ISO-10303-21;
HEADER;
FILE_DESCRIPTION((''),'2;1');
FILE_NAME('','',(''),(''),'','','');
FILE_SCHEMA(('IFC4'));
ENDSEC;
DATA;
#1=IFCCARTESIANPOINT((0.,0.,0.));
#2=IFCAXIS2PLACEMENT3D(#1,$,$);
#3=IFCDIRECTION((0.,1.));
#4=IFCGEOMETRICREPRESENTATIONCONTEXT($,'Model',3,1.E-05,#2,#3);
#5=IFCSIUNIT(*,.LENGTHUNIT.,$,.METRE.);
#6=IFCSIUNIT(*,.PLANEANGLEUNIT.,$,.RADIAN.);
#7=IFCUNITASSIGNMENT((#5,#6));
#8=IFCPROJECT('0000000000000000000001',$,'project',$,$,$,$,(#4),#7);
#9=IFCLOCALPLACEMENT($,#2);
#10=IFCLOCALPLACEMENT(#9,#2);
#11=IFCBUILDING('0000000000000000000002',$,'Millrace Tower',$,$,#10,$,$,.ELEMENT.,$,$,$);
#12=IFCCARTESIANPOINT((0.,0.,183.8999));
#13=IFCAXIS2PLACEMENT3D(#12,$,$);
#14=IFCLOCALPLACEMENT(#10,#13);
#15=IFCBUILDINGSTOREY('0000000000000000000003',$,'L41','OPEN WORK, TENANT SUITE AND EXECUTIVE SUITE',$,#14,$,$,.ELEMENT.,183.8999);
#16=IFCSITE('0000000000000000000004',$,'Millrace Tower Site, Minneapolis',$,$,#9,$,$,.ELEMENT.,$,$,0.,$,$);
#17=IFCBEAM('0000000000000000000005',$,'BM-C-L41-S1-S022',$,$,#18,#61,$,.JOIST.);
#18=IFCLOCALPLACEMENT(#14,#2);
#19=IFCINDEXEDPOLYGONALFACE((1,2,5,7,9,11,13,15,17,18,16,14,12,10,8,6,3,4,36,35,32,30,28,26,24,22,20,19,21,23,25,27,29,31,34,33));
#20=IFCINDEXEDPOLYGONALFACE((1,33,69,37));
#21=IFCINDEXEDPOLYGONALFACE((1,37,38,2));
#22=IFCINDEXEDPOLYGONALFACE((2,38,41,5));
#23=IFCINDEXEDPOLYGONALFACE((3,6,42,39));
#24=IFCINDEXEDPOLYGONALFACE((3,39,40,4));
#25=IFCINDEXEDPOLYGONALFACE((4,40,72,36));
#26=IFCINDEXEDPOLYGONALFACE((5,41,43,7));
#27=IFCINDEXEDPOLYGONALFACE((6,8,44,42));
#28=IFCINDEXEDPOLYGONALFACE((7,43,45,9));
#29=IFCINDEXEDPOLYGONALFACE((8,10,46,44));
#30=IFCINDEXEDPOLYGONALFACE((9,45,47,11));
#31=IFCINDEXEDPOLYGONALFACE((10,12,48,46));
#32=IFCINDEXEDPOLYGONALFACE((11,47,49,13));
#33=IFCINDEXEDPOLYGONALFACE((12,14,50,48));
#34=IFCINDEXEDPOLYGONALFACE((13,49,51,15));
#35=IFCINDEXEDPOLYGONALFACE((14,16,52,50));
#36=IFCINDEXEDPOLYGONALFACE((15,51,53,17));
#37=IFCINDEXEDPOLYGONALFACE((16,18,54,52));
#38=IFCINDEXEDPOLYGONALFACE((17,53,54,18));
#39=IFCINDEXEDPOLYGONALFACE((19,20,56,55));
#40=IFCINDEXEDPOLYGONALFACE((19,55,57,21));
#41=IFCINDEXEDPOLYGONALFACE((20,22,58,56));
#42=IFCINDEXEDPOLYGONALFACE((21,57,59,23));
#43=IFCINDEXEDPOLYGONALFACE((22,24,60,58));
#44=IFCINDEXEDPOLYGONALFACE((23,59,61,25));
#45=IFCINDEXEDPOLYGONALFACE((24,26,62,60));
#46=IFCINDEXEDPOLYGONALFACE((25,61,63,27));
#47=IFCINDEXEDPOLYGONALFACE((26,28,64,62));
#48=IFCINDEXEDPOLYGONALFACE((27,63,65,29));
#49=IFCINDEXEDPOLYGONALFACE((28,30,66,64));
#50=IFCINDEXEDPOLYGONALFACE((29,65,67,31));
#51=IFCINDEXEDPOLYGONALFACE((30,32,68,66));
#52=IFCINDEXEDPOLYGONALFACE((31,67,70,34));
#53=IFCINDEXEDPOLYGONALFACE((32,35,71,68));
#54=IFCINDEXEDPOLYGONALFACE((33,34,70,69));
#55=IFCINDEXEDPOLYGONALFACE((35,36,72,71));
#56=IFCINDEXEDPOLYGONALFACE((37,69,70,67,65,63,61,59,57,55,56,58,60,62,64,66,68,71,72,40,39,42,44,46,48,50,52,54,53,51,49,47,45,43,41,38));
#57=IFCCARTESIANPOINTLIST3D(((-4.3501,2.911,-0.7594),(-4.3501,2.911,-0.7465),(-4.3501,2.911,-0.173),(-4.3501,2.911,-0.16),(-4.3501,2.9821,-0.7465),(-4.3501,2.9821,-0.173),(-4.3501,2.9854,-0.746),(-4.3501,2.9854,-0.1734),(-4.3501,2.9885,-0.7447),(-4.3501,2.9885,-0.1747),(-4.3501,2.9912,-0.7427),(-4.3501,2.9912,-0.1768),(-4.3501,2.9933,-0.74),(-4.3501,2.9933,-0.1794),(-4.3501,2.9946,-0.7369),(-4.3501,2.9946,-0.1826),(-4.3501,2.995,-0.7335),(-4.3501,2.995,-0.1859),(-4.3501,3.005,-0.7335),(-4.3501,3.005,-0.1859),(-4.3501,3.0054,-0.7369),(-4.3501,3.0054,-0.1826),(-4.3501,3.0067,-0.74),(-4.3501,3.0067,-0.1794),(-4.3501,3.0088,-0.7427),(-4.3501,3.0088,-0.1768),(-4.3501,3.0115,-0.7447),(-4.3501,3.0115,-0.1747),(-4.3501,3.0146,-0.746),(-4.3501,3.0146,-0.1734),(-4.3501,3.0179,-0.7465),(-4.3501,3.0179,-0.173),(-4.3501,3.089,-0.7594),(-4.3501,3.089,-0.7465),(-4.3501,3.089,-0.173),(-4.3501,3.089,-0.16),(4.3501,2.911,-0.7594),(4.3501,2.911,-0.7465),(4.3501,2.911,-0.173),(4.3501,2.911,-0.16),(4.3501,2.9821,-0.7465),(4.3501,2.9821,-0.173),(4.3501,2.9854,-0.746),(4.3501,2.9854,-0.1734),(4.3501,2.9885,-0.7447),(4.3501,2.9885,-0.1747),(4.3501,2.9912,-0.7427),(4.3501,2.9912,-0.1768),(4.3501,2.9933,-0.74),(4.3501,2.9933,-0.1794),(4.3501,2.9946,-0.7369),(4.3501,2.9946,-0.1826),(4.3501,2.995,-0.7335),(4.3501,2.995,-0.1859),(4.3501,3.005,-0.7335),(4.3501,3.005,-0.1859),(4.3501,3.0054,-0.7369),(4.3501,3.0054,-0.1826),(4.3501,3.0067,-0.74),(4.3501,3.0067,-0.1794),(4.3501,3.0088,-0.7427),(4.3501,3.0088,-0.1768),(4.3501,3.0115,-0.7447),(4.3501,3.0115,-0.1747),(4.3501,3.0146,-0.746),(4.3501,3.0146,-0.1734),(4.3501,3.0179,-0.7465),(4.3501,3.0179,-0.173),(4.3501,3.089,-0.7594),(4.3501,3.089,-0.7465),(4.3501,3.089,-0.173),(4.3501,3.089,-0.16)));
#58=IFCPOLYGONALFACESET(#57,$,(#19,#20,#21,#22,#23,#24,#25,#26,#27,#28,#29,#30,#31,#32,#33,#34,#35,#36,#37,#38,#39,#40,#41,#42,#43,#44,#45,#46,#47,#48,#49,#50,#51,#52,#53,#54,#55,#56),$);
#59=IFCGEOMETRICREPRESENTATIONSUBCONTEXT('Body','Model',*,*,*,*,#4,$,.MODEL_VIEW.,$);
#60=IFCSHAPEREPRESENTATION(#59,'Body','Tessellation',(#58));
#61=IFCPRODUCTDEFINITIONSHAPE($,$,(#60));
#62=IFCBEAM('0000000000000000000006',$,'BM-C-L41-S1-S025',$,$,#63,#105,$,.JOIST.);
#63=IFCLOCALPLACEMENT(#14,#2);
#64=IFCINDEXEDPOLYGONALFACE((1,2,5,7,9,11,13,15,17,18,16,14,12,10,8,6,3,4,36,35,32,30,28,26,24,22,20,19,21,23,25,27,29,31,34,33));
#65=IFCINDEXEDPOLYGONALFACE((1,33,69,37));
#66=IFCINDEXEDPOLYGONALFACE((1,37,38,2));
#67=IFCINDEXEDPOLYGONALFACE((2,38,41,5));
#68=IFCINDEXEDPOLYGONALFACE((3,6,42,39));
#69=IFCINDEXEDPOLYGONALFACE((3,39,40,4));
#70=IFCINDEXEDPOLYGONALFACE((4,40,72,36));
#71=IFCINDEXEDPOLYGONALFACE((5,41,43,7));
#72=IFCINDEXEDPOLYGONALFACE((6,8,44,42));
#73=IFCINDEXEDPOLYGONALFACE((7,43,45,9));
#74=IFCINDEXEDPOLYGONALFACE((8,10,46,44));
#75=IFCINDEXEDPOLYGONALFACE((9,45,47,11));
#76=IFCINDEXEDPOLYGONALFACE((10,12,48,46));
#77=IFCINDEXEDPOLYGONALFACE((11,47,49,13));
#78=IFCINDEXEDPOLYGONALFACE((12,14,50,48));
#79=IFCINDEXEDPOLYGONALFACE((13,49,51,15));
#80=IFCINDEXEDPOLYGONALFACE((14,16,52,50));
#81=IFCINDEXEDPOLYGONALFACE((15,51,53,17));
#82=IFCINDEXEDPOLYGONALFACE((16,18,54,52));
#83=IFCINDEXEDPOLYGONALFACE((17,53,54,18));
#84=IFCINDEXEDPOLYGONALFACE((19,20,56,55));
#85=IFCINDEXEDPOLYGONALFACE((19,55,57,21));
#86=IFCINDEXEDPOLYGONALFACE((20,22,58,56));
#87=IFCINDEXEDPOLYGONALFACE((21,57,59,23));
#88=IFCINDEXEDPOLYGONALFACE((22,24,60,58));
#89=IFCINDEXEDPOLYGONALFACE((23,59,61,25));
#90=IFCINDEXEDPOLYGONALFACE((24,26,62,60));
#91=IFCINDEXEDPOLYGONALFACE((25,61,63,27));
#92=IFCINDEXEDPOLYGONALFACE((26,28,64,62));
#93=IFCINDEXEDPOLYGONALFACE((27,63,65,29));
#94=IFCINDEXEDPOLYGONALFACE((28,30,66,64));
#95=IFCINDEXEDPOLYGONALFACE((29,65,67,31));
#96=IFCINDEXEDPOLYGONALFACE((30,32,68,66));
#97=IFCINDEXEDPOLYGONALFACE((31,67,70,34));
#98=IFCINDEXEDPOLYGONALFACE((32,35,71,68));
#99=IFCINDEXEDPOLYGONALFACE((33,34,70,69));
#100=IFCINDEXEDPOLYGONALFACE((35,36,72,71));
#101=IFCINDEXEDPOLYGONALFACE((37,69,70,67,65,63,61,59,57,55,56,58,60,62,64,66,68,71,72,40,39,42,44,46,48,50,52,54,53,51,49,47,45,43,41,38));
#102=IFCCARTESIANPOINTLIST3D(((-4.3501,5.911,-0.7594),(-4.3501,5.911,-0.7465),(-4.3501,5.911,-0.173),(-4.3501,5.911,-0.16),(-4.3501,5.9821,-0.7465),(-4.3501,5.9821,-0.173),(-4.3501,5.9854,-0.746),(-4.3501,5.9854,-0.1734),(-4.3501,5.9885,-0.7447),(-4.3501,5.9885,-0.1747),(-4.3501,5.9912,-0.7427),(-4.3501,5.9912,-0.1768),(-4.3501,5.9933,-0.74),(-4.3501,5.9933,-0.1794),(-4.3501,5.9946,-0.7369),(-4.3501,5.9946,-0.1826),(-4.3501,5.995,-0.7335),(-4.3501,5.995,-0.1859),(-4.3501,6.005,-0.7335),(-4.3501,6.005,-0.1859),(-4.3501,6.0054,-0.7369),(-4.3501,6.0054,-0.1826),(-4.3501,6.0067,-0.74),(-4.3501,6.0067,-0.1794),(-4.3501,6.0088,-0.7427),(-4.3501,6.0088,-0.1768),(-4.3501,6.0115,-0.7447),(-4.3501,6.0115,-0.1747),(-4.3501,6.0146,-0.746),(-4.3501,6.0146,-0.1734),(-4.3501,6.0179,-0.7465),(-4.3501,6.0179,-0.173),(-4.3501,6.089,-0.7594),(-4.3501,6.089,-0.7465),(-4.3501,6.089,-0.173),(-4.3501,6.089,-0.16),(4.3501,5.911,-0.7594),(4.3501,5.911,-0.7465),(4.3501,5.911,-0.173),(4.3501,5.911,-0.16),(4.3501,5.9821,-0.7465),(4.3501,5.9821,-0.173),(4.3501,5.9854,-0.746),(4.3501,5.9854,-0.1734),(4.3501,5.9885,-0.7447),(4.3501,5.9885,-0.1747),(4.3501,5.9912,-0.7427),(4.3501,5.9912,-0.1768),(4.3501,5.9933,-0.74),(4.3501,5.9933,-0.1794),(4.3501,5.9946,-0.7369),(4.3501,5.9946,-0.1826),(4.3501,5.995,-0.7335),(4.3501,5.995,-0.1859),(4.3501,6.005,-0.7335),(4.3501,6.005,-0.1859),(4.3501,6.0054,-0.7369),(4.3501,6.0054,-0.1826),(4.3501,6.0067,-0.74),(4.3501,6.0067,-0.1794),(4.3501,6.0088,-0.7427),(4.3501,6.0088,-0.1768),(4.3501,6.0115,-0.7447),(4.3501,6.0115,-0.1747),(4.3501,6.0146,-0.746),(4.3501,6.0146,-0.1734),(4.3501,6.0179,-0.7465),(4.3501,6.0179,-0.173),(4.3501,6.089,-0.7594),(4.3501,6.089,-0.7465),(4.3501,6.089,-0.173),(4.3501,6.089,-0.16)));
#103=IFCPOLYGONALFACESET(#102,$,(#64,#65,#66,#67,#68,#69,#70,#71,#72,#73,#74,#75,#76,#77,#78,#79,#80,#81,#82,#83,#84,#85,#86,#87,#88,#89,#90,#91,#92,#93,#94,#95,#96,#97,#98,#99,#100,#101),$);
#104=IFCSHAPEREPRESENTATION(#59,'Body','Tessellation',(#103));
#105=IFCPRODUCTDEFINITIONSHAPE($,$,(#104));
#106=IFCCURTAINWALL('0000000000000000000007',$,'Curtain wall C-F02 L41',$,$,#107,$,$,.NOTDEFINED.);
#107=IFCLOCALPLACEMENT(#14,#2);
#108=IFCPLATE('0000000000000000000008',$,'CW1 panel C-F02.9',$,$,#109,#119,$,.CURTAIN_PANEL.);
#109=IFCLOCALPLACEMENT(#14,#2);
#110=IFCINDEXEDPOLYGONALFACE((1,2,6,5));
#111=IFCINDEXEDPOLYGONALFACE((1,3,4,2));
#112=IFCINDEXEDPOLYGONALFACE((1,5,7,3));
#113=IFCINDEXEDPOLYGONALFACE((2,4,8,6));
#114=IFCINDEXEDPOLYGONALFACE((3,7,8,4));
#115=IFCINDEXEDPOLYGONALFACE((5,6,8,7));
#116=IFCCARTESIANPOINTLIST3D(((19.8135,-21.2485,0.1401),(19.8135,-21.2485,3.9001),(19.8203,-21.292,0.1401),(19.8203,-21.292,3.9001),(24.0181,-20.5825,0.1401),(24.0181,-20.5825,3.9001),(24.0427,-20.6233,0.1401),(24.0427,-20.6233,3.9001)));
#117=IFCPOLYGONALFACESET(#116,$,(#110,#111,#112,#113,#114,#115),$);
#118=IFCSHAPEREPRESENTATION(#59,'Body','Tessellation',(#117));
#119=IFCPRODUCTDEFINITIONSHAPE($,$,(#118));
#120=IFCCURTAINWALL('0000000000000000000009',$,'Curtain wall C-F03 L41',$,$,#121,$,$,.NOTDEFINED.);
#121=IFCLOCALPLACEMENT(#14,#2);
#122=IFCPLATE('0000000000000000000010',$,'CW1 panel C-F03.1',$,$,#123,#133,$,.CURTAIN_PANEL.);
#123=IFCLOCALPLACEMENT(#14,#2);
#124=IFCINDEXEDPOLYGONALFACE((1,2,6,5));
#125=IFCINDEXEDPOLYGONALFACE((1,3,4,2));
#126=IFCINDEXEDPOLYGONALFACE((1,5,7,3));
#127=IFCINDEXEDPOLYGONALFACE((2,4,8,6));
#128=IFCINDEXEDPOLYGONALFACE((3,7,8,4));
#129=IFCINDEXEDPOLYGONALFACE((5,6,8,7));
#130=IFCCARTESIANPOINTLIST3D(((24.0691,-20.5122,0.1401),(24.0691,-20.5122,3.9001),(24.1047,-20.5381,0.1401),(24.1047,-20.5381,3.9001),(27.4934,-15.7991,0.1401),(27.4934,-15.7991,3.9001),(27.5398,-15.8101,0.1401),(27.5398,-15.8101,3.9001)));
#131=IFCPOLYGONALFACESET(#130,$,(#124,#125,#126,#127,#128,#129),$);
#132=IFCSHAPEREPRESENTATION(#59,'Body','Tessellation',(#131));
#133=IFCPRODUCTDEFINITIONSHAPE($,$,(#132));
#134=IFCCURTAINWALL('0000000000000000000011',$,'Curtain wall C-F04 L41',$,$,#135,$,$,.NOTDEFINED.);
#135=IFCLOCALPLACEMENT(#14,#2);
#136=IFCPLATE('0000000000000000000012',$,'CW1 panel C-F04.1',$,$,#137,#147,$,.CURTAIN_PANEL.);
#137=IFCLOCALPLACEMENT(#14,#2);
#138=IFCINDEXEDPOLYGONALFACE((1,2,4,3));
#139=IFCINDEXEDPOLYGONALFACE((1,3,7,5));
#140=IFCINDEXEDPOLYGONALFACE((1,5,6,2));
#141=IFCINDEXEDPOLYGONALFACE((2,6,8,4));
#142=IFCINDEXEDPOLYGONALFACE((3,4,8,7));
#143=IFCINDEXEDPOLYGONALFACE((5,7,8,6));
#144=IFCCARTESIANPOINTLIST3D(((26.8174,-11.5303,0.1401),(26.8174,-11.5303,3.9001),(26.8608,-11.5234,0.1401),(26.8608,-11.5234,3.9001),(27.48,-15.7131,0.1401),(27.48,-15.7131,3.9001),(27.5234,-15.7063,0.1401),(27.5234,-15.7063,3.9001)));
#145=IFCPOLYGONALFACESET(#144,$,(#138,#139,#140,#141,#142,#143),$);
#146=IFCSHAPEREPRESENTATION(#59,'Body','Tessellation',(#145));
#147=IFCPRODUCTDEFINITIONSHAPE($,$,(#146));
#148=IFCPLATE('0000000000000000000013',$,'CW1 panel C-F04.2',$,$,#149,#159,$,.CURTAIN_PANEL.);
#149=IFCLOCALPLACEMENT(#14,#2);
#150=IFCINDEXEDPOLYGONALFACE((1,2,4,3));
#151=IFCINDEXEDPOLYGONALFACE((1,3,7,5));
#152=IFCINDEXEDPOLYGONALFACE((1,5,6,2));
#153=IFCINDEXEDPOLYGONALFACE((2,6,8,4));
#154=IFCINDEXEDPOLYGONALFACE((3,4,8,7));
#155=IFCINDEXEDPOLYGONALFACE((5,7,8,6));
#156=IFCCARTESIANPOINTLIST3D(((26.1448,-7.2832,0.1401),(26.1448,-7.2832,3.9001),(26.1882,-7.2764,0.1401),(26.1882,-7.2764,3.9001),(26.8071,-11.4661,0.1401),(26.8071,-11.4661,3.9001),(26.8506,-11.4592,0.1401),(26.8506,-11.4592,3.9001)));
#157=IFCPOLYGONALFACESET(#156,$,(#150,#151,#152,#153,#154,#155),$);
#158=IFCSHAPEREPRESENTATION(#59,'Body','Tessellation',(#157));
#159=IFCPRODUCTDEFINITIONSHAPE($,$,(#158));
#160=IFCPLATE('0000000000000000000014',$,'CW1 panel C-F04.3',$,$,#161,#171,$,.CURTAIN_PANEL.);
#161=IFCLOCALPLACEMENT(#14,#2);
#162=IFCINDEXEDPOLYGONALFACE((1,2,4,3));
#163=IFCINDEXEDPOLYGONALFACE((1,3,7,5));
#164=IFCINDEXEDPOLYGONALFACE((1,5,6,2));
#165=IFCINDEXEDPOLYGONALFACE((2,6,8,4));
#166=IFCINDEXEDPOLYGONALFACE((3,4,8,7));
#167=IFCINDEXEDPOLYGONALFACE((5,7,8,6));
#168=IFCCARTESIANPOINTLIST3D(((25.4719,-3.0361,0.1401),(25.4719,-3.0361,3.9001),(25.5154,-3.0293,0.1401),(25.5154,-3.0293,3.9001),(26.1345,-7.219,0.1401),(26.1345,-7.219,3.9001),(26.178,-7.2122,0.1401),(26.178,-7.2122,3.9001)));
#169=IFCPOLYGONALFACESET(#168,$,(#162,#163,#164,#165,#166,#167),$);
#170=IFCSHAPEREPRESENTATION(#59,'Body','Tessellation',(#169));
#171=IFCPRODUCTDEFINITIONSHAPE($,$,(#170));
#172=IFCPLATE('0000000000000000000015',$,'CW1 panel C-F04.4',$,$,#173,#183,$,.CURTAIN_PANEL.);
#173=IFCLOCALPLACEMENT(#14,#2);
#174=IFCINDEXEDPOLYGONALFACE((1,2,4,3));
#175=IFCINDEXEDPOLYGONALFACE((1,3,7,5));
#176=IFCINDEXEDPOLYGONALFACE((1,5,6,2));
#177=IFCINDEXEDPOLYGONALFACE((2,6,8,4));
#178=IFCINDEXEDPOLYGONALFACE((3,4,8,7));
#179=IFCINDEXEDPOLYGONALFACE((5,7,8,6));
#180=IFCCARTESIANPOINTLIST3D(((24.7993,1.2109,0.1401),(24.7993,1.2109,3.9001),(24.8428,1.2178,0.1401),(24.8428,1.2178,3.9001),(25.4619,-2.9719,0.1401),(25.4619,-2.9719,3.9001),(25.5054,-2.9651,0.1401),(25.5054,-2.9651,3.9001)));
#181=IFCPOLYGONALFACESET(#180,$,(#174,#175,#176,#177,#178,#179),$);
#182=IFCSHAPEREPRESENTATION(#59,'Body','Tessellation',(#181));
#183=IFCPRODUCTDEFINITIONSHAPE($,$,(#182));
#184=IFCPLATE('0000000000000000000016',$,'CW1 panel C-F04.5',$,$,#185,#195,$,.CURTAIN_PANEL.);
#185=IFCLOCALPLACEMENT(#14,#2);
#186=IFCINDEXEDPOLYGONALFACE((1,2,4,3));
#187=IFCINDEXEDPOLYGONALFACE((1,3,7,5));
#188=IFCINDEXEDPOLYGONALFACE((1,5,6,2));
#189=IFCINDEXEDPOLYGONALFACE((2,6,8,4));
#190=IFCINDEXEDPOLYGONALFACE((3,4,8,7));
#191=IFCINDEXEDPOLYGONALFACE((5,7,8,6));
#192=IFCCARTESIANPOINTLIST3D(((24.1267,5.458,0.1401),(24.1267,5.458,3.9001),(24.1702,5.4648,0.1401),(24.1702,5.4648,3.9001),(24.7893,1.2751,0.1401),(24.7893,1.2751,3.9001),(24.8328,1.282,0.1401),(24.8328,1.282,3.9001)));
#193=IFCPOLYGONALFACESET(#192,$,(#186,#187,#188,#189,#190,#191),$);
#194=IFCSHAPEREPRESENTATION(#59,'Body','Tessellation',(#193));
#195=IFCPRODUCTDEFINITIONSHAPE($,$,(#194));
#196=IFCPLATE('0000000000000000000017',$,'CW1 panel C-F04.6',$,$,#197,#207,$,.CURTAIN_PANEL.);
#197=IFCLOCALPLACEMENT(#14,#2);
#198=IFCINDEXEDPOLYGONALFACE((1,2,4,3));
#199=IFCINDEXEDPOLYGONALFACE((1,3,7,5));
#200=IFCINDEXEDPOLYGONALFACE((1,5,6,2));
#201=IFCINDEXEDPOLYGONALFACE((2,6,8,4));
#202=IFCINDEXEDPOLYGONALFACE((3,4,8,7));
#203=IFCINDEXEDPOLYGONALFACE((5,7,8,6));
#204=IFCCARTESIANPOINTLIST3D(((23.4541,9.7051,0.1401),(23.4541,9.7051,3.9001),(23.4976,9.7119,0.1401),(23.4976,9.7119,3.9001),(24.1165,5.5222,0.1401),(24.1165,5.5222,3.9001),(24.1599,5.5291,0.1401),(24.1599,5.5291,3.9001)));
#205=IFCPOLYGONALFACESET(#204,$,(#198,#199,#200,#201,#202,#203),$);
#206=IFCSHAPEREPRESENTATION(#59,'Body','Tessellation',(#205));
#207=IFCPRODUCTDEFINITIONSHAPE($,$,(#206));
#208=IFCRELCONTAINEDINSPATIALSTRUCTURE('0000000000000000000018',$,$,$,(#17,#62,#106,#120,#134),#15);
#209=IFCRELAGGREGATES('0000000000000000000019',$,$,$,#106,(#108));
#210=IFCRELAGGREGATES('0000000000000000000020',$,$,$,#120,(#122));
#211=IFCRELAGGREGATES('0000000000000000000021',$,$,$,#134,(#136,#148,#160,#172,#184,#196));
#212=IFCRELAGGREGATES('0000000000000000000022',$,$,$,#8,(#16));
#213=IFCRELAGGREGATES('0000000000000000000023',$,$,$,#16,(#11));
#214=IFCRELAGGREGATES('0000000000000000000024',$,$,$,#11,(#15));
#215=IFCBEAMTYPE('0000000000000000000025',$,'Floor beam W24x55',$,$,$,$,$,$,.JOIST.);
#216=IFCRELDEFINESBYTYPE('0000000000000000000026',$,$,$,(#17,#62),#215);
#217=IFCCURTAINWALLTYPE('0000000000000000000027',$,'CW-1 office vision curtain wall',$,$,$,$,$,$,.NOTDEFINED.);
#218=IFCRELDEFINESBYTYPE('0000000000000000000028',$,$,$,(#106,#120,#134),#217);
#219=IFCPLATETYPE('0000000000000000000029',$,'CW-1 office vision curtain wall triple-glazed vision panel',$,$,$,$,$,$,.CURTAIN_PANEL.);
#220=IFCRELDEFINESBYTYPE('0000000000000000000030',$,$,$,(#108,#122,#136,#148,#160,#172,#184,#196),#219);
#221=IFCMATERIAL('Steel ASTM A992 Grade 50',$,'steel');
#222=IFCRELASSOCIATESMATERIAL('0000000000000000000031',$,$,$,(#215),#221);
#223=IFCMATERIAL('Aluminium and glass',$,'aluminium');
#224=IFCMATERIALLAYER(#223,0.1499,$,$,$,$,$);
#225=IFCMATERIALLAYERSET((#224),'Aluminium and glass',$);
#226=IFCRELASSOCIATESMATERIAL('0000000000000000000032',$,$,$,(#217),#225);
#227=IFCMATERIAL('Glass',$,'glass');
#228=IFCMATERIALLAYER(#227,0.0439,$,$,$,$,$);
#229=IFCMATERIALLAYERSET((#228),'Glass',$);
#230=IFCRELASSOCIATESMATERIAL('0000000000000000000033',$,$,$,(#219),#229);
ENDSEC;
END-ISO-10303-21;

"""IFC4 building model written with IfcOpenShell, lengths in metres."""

from ifc_helpers import new_model, si_unit, direction, frame, origin, origin_2d, place, context, subcontext, project, spatial, polyline, i_section, outline, extrude, material, layer, layer_set, material_profile, profile_set, type_object, element, aggregate, save


model = new_model("IFC4")

# Units and contexts
model_context = context("Model", 3, precision=1e-05, world=origin(), true_north=direction((0.0, 1.0)))
body_context = subcontext(model_context, "Body", "Model", "MODEL_VIEW")
ifc_project = project(units=[si_unit("LENGTHUNIT", "METRE"), si_unit("PLANEANGLEUNIT", "RADIAN")], contexts=[model_context])

# Site, building, storey
site_placement = place(None, origin())
site = spatial("IfcSite", under=ifc_project, at=site_placement, Name="Millrace Tower Site, Minneapolis", CompositionType="ELEMENT", RefElevation=0.0)
building_placement = place(site_placement, origin())
building = spatial("IfcBuilding", under=site, at=building_placement, Name="Millrace Tower", CompositionType="ELEMENT")
storey_placement = place(building_placement, frame((0.0, 0.0, 183.8999)))
storey = spatial("IfcBuildingStorey", under=building, at=storey_placement, Name="L41", Description="OPEN WORK, TENANT SUITE AND EXECUTIVE SUITE", CompositionType="ELEMENT", Elevation=183.8999)

# Beams
ifc_material_1 = material(Name="Steel ASTM A992 Grade 50", Category="steel")
ifc_material_profile = material_profile(ifc_material_1, i_section(OverallWidth=0.178, OverallDepth=0.5994, WebThickness=0.01, FlangeThickness=0.0129, FilletRadius=0.0129, at=origin_2d()))
ifc_profile_set = profile_set([ifc_material_profile], Name="Steel ASTM A992 Grade 50")
beam_type = type_object("IfcBeamType", Name="Floor beam W24x55", PredefinedType="JOIST", material=ifc_profile_set)
for number, where, z_axis, x_axis, name in (
    (1, (-4.3501, 3.0, -0.4597), (1.0, 0.0, 0.0), (0.0, 1.0, 0.0), "BM-C-L41-S1-S022"),
    (2, (-4.3501, 6.0, -0.4597), (1.0, 0.0, 0.0), (0.0, 1.0, 0.0), "BM-C-L41-S1-S025"),
):
    element("IfcBeam", number, at=place(storey_placement, frame(where, z_axis=z_axis, x_axis=x_axis)), inside=storey, type_object=beam_type, Name=name, PredefinedType="JOIST", context=body_context, shape_type="SweptSolid", body=[
        extrude(i_section(OverallWidth=0.178, OverallDepth=0.5994, WebThickness=0.01, FlangeThickness=0.0129, FilletRadius=0.0129, at=origin_2d()), origin(), (0.0, 0.0, 1.0), 8.7002),
    ])

# Curtain walls, plates
ifc_material_2 = material(Name="Aluminium and glass", Category="aluminium")
ifc_layer_1 = layer(ifc_material_2, 0.1499)
ifc_layer_set_1 = layer_set([ifc_layer_1], Name="Aluminium and glass")
curtain_wall_type = type_object("IfcCurtainWallType", Name="CW-1 office vision curtain wall", PredefinedType="NOTDEFINED", material=ifc_layer_set_1)
placement_1 = place(storey_placement, origin())
curtain_wall_1 = element("IfcCurtainWall", 3, at=placement_1, inside=storey, type_object=curtain_wall_type, Name="Curtain wall C-F02 L41", PredefinedType="NOTDEFINED")
ifc_material_3 = material(Name="Glass", Category="glass")
ifc_layer_2 = layer(ifc_material_3, 0.0439)
ifc_layer_set_2 = layer_set([ifc_layer_2], Name="Glass")
plate_type = type_object("IfcPlateType", Name="CW-1 office vision curtain wall triple-glazed vision panel", PredefinedType="CURTAIN_PANEL", material=ifc_layer_set_2)
placement_2 = place(storey_placement, frame((0.0, 0.0, 0.1401)))
plate_1 = element("IfcPlate", 4, at=placement_2, type_object=plate_type, Name="CW1 panel C-F02.9", PredefinedType="CURTAIN_PANEL", context=body_context, shape_type="SweptSolid", body=[
    extrude(outline(polyline([(19.8203, -21.292), (24.0427, -20.6233), (24.0181, -20.5825), (19.8135, -21.2485), (19.8203, -21.292)])), origin(), (0.0, 0.0, 1.0), 3.76),
])
aggregate(curtain_wall_1, [plate_1])
curtain_wall_2 = element("IfcCurtainWall", 5, at=placement_1, inside=storey, type_object=curtain_wall_type, Name="Curtain wall C-F03 L41", PredefinedType="NOTDEFINED")
plate_2 = element("IfcPlate", 6, at=placement_2, type_object=plate_type, Name="CW1 panel C-F03.1", PredefinedType="CURTAIN_PANEL", context=body_context, shape_type="SweptSolid", body=[
    extrude(outline(polyline([(24.1047, -20.5381), (27.5398, -15.8101), (27.4934, -15.7991), (24.0691, -20.5122), (24.1047, -20.5381)])), origin(), (0.0, 0.0, 1.0), 3.76),
])
aggregate(curtain_wall_2, [plate_2])

# Curtain wall, plates
curtain_wall_3 = element("IfcCurtainWall", 7, at=placement_1, inside=storey, type_object=curtain_wall_type, Name="Curtain wall C-F04 L41", PredefinedType="NOTDEFINED")
plate_3 = element("IfcPlate", 8, at=placement_2, type_object=plate_type, Name="CW1 panel C-F04.1", PredefinedType="CURTAIN_PANEL", context=body_context, shape_type="SweptSolid", body=[
    extrude(outline(polyline([(27.5234, -15.7063), (26.8608, -11.5234), (26.8174, -11.5303), (27.48, -15.7131), (27.5234, -15.7063)])), origin(), (0.0, 0.0, 1.0), 3.76),
])
plate_4 = element("IfcPlate", 9, at=placement_2, type_object=plate_type, Name="CW1 panel C-F04.2", PredefinedType="CURTAIN_PANEL", context=body_context, shape_type="SweptSolid", body=[
    extrude(outline(polyline([(26.8506, -11.4592), (26.1882, -7.2764), (26.1448, -7.2832), (26.8071, -11.4661), (26.8506, -11.4592)])), origin(), (0.0, 0.0, 1.0), 3.76),
])
plate_5 = element("IfcPlate", 10, at=placement_2, type_object=plate_type, Name="CW1 panel C-F04.3", PredefinedType="CURTAIN_PANEL", context=body_context, shape_type="SweptSolid", body=[
    extrude(outline(polyline([(26.178, -7.2122), (25.5154, -3.0293), (25.4719, -3.0361), (26.1345, -7.219), (26.178, -7.2122)])), origin(), (0.0, 0.0, 1.0), 3.76),
])
plate_6 = element("IfcPlate", 11, at=placement_2, type_object=plate_type, Name="CW1 panel C-F04.4", PredefinedType="CURTAIN_PANEL", context=body_context, shape_type="SweptSolid", body=[
    extrude(outline(polyline([(25.5054, -2.9651), (24.8428, 1.2178), (24.7993, 1.2109), (25.4619, -2.9719), (25.5054, -2.9651)])), origin(), (0.0, 0.0, 1.0), 3.76),
])
plate_7 = element("IfcPlate", 12, at=placement_2, type_object=plate_type, Name="CW1 panel C-F04.5", PredefinedType="CURTAIN_PANEL", context=body_context, shape_type="SweptSolid", body=[
    extrude(outline(polyline([(24.8328, 1.282), (24.1702, 5.4648), (24.1267, 5.458), (24.7893, 1.2751), (24.8328, 1.282)])), origin(), (0.0, 0.0, 1.0), 3.76),
])
plate_8 = element("IfcPlate", 13, at=placement_2, type_object=plate_type, Name="CW1 panel C-F04.6", PredefinedType="CURTAIN_PANEL", context=body_context, shape_type="SweptSolid", body=[
    extrude(outline(polyline([(24.1599, 5.5291), (23.4976, 9.7119), (23.4541, 9.7051), (24.1165, 5.5222), (24.1599, 5.5291)])), origin(), (0.0, 0.0, 1.0), 3.76),
])
aggregate(curtain_wall_3, [plate_3, plate_4, plate_5, plate_6, plate_7, plate_8])

save(model, "model.ifc")
